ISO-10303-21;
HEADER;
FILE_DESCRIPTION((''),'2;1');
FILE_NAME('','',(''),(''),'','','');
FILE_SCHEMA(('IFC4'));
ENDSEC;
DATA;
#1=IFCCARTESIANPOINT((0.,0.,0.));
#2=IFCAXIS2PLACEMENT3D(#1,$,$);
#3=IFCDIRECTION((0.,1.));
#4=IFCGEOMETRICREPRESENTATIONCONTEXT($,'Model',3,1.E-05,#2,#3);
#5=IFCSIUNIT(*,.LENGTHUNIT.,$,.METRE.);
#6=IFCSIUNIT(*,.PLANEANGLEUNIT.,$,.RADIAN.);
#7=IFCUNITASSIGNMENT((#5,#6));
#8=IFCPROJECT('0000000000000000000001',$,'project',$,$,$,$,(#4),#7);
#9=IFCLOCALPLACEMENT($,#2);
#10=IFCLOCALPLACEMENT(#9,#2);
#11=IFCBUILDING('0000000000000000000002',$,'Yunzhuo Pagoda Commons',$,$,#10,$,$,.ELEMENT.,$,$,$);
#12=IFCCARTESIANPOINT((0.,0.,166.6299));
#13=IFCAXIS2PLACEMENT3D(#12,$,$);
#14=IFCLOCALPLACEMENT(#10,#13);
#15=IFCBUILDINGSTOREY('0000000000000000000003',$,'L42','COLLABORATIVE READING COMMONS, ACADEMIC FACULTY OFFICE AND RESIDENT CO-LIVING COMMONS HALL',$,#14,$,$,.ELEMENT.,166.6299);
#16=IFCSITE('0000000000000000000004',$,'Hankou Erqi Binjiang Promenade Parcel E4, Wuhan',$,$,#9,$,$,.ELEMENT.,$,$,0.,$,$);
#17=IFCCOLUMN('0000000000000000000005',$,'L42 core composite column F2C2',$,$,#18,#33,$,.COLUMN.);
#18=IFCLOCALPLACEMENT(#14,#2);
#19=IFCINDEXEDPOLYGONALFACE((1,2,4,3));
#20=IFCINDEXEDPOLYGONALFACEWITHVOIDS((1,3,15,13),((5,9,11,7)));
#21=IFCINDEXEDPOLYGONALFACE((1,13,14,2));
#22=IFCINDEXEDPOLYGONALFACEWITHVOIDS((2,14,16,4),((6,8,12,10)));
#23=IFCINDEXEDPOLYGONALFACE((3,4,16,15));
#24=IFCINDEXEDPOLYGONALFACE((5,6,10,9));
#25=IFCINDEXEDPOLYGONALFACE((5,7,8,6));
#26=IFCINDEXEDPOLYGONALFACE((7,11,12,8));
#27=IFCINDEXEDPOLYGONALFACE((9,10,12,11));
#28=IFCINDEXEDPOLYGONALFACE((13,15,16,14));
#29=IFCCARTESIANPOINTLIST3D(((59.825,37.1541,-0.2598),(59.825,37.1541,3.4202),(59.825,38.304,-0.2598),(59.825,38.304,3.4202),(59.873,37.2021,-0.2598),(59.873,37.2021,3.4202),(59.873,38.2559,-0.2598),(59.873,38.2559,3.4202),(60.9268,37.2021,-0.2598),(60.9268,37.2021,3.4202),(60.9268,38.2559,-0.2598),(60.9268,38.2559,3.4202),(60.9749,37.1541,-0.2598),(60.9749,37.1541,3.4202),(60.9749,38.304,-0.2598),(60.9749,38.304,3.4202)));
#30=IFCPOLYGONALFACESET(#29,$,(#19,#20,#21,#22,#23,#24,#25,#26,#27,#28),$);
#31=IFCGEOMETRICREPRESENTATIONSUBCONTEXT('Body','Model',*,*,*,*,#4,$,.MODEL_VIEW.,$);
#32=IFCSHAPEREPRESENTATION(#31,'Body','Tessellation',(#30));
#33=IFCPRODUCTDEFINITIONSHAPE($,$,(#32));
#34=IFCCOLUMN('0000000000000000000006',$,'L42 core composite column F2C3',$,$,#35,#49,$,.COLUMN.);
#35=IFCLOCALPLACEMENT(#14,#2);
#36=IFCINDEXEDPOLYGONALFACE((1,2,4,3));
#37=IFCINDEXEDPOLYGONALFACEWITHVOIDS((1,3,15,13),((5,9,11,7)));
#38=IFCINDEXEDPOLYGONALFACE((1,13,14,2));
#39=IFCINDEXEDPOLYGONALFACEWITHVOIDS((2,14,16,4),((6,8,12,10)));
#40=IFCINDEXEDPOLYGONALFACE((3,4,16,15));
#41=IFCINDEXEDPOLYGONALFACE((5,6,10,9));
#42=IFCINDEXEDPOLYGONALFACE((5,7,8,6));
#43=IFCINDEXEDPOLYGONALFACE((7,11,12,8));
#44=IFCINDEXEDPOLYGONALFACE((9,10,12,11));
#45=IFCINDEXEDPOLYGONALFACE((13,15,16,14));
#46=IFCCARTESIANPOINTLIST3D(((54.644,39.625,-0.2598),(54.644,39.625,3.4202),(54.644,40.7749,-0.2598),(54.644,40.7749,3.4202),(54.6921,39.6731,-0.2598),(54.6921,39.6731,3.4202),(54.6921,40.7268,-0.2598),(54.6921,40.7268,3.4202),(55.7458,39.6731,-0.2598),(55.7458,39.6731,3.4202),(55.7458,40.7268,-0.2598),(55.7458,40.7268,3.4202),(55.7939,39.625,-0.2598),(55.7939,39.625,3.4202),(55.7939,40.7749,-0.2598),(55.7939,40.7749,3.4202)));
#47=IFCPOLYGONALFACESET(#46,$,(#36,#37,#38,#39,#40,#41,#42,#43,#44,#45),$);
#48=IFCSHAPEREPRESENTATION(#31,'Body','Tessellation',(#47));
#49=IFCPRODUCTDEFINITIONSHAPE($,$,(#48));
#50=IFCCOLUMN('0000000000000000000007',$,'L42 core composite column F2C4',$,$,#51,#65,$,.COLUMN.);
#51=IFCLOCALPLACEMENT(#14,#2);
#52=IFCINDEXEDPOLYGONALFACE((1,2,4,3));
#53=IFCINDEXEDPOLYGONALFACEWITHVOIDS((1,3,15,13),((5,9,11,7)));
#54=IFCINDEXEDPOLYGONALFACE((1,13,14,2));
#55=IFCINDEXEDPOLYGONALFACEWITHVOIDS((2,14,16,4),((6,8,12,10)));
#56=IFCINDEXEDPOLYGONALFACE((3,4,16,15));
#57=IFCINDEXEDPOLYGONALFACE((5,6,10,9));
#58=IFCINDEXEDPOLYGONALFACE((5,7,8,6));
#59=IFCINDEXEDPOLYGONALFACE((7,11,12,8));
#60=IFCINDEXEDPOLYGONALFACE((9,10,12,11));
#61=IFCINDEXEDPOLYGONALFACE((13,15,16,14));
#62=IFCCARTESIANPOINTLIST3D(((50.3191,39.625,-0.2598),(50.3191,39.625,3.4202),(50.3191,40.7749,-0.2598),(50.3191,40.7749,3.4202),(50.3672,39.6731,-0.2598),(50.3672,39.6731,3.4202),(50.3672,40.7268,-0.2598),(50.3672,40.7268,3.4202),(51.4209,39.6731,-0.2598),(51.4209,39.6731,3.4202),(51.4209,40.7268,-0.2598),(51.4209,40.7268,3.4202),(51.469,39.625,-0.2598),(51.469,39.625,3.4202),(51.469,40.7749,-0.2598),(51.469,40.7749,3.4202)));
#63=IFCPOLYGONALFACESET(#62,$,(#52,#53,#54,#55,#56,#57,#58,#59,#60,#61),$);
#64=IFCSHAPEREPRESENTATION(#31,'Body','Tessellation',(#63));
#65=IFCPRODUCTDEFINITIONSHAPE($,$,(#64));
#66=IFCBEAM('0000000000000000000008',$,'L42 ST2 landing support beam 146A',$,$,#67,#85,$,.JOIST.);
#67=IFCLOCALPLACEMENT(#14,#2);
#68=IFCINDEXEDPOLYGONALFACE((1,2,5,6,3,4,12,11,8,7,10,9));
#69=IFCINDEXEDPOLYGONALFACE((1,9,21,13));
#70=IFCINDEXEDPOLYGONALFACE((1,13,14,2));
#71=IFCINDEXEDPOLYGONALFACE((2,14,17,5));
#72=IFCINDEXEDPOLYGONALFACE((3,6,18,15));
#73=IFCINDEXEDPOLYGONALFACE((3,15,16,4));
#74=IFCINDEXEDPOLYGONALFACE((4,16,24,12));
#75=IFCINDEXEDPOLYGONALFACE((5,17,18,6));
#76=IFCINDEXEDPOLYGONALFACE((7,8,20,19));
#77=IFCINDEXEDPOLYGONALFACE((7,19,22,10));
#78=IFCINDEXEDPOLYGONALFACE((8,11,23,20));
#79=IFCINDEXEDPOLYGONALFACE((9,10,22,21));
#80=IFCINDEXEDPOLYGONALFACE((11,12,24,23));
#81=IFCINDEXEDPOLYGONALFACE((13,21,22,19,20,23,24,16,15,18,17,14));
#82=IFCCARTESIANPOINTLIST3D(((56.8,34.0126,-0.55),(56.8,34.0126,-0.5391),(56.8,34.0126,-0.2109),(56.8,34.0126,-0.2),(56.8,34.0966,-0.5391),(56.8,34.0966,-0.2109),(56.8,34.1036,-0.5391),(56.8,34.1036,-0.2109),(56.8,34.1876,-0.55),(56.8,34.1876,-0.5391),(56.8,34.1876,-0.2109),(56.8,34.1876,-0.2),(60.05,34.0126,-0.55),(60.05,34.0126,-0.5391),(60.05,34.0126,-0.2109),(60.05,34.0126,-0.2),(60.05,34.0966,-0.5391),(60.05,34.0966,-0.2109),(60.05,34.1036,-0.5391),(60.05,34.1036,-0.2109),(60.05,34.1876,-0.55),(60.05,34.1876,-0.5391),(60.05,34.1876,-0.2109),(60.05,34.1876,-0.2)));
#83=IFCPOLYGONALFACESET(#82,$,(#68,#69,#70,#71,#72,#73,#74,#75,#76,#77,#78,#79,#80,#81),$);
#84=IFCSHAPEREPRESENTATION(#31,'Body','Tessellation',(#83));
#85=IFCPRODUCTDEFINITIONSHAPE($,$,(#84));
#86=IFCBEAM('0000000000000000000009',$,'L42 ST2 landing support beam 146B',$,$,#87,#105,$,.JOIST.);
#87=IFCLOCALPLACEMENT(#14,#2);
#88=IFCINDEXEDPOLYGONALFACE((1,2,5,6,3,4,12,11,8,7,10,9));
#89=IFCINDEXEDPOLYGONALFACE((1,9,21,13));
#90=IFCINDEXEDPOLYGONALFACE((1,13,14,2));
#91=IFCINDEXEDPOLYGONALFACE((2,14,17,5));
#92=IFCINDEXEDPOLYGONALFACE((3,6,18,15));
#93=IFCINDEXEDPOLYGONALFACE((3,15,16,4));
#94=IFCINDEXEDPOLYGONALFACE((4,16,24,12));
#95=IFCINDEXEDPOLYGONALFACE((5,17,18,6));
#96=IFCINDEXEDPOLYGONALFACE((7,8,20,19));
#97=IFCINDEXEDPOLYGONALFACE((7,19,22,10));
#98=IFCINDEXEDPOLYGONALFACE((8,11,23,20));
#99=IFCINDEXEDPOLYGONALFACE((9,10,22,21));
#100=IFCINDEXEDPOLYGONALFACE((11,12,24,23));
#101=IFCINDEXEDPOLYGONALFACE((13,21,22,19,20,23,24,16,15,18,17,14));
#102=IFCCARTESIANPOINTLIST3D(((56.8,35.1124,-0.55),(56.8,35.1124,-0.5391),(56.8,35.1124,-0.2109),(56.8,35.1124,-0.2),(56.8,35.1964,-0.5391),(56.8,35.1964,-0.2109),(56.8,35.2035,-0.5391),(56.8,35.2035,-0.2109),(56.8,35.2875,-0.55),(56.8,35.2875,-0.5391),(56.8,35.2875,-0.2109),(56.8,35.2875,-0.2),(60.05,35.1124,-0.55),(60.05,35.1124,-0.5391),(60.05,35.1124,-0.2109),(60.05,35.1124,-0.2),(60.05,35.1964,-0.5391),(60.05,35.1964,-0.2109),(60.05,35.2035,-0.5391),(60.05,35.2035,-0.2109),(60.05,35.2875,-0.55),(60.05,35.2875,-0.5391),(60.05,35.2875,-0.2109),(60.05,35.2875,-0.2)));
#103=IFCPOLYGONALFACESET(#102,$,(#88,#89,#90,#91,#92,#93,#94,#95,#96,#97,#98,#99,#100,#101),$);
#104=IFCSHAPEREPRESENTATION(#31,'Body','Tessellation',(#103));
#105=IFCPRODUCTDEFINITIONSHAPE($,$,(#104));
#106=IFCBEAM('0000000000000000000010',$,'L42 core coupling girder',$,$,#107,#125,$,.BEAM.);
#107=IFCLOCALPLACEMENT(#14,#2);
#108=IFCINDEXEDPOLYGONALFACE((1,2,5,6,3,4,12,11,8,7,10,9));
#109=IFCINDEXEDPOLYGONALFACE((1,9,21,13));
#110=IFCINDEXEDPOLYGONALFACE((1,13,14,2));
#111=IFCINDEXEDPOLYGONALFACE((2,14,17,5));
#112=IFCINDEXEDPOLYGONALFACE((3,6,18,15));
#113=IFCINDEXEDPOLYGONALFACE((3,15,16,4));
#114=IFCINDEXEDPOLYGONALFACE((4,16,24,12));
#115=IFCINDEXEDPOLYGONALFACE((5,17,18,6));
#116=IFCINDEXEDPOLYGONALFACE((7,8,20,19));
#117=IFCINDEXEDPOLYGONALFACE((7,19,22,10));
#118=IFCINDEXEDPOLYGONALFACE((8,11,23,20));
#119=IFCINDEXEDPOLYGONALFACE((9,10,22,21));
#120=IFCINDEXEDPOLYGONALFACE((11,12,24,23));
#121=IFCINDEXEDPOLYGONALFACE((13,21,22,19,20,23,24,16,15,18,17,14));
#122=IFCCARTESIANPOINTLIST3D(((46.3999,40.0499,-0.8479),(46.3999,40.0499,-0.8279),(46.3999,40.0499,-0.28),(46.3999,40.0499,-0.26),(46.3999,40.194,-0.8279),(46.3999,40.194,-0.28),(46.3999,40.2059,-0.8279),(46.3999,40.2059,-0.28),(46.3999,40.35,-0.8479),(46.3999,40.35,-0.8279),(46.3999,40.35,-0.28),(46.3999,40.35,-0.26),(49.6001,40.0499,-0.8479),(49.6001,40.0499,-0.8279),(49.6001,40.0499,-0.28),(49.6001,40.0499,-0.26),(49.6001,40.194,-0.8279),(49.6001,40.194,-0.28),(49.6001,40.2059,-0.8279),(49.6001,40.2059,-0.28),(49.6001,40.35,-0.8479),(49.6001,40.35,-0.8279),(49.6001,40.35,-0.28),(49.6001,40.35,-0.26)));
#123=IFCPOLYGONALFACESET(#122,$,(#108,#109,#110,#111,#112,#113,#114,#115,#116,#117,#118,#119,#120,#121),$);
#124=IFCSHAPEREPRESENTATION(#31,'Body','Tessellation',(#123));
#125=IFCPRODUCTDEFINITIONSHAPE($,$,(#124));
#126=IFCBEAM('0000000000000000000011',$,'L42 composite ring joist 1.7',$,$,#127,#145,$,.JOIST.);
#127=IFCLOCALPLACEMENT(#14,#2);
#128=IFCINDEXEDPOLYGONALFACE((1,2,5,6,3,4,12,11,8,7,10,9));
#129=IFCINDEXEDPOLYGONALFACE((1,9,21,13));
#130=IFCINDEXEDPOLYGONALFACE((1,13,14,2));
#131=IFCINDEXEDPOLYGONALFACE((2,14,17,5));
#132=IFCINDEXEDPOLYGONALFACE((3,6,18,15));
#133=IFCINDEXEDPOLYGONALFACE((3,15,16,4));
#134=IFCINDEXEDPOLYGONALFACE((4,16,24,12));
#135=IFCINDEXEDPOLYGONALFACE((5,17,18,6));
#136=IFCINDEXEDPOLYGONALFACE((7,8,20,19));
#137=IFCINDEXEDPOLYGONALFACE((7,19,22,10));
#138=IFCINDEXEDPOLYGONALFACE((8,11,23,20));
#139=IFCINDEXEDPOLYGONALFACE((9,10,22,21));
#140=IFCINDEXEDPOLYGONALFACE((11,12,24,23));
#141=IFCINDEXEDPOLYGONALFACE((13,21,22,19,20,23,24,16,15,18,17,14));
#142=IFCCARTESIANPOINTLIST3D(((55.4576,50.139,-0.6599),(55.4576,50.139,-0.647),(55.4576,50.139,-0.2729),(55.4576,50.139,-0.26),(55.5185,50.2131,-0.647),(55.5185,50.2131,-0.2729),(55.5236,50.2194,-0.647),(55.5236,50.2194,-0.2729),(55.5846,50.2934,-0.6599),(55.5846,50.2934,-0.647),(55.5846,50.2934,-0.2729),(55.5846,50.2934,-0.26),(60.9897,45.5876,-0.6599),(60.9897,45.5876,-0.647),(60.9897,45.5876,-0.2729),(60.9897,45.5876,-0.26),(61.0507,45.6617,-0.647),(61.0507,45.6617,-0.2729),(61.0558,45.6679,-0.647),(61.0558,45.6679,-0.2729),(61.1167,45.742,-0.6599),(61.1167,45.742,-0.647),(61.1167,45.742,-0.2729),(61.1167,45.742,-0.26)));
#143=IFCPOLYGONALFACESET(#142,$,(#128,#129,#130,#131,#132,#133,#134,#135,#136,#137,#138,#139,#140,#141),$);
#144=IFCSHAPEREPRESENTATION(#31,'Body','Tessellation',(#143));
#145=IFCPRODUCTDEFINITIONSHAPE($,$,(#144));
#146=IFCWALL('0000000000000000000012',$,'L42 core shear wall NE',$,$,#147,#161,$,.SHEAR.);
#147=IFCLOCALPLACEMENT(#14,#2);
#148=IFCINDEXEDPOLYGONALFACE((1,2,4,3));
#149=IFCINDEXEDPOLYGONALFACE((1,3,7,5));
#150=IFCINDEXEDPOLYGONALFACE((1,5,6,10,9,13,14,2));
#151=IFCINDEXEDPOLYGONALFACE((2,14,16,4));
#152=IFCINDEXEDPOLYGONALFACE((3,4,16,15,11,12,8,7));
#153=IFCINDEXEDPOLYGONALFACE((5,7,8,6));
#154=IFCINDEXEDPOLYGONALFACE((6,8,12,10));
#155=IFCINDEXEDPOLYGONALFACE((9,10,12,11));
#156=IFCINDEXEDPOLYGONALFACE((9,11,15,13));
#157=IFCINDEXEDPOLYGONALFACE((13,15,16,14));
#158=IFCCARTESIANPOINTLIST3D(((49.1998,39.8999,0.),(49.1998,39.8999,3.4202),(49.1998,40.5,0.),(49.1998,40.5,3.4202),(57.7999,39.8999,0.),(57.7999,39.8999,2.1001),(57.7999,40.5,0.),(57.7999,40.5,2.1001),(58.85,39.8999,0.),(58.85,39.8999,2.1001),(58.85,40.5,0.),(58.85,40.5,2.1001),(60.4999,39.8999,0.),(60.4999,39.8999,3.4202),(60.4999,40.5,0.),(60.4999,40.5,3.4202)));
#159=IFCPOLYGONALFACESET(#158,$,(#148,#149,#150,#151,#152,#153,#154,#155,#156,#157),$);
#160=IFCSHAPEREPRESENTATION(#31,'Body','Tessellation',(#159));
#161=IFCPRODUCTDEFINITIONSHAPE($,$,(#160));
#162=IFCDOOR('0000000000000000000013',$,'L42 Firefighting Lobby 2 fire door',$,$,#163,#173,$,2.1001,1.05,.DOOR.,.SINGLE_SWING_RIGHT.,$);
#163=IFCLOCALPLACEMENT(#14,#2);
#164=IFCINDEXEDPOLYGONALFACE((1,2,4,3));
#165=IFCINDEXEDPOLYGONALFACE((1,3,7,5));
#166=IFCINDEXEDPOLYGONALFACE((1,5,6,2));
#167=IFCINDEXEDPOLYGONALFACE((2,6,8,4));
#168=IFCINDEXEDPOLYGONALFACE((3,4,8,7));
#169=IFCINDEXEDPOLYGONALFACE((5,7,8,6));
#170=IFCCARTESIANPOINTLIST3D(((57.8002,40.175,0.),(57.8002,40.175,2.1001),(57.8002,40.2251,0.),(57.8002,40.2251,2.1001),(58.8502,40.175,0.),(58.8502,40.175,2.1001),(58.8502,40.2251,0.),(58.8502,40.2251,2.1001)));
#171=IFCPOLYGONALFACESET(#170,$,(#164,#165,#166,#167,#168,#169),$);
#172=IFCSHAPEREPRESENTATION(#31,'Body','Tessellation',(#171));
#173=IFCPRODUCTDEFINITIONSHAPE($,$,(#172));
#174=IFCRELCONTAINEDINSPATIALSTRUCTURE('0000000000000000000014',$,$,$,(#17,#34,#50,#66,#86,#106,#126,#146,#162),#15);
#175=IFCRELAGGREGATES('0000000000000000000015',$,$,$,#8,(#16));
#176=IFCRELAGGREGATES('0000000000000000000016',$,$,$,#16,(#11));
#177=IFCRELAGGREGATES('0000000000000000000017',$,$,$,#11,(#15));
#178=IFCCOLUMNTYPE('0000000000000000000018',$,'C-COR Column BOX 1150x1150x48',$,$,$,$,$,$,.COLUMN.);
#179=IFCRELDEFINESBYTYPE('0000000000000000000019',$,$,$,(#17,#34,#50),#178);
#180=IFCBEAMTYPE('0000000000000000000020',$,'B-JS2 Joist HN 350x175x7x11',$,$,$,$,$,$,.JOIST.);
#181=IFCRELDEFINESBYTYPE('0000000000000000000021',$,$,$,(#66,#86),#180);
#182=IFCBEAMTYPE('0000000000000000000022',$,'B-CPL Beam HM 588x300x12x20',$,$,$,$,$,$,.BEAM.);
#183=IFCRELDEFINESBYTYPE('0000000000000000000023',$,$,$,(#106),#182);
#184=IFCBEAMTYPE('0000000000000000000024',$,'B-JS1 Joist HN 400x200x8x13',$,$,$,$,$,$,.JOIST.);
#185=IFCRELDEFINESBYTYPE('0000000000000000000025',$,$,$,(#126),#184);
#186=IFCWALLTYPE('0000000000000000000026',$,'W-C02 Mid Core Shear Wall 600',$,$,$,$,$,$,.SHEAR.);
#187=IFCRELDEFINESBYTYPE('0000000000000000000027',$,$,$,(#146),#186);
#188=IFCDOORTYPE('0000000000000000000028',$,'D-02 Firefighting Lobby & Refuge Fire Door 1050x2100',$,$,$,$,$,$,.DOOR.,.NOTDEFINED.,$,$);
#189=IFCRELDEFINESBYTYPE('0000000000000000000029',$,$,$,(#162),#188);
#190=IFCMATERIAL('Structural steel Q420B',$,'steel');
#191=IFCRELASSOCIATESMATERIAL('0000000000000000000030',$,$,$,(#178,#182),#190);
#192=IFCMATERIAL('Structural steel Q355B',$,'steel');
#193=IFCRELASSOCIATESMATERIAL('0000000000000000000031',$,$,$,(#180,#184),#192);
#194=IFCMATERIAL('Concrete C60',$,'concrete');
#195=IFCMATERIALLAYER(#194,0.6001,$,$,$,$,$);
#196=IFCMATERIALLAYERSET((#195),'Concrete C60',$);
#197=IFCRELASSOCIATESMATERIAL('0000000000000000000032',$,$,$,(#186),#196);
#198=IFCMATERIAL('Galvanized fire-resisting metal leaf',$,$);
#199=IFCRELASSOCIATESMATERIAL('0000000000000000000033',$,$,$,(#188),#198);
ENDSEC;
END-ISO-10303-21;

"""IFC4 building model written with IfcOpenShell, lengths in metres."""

from ifc_helpers import new_model, si_unit, direction, frame, frame_2d, origin, origin_2d, place, context, subcontext, project, spatial, rectangle, hollow_rectangle, i_section, extrude, source, transform, mapped, material, layer, layer_set, material_profile, profile_set, type_object, element, fill, save


model = new_model("IFC4")

# Units and contexts
model_context = context("Model", 3, precision=1e-05, world=origin(), true_north=direction((0.0, 1.0)))
body_context = subcontext(model_context, "Body", "Model", "MODEL_VIEW")
ifc_project = project(units=[si_unit("LENGTHUNIT", "METRE"), si_unit("PLANEANGLEUNIT", "RADIAN")], contexts=[model_context])

# Site, building, storey
site_placement = place(None, origin())
site = spatial("IfcSite", under=ifc_project, at=site_placement, Name="Hankou Erqi Binjiang Promenade Parcel E4, Wuhan", CompositionType="ELEMENT", RefElevation=0.0)
building_placement = place(site_placement, origin())
building = spatial("IfcBuilding", under=site, at=building_placement, Name="Yunzhuo Pagoda Commons", CompositionType="ELEMENT")
storey_placement = place(building_placement, frame((0.0, 0.0, 166.6299)))
storey = spatial("IfcBuildingStorey", under=building, at=storey_placement, Name="L42", Description="COLLABORATIVE READING COMMONS, ACADEMIC FACULTY OFFICE AND RESIDENT CO-LIVING COMMONS HALL", CompositionType="ELEMENT", Elevation=166.6299)

# Columns
ifc_material_1 = material(Name="Structural steel Q420B", Category="steel")
ifc_material_profile_1 = material_profile(ifc_material_1, hollow_rectangle(XDim=1.1499, YDim=1.1499, WallThickness=0.0481, at=origin_2d()), Name="Structural steel Q420B")
ifc_profile_set_1 = profile_set([ifc_material_profile_1], Name="Structural steel Q420B")
column_type = type_object("IfcColumnType", Name="C-COR Column BOX 1150x1150x48", PredefinedType="COLUMN", material=ifc_profile_set_1)
shared_shape_1 = source(origin(), body_context, "Body", "SweptSolid", [
    extrude(hollow_rectangle(XDim=1.1499, YDim=1.1499, WallThickness=0.0481, at=origin_2d()), origin(), (0.0, 0.0, 1.0), 3.6799),
])
for number, where, z_axis, x_axis, name in (
    (1, (60.3999, 37.729, -0.2598), (0.0, 0.0, 1.0), (1.0, 0.0, 0.0), "L42 core composite column F2C2"),
    (2, (55.219, 40.2, -0.2598), (0.0, 0.0, 1.0), (1.0, 0.0, 0.0), "L42 core composite column F2C3"),
    (3, (50.894, 40.2, -0.2598), (0.0, 0.0, 1.0), (1.0, 0.0, 0.0), "L42 core composite column F2C4"),
):
    element("IfcColumn", number, at=place(storey_placement, frame(where, z_axis=z_axis, x_axis=x_axis)), inside=storey, type_object=column_type, Name=name, PredefinedType="COLUMN", context=body_context, shape_type="MappedRepresentation", body=[
        mapped(shared_shape_1, transform((0.0, 0.0, 0.0), scale=1.0)),
    ])

# Beams
ifc_material_2 = material(Name="Structural steel Q355B", Category="steel")
ifc_material_profile_2 = material_profile(ifc_material_2, i_section(OverallWidth=0.175, OverallDepth=0.3501, WebThickness=0.0071, FlangeThickness=0.011, at=origin_2d()), Name="Structural steel Q355B")
ifc_profile_set_2 = profile_set([ifc_material_profile_2], Name="Structural steel Q355B")
beam_type_1 = type_object("IfcBeamType", Name="B-JS2 Joist HN 350x175x7x11", PredefinedType="JOIST", material=ifc_profile_set_2)
shared_shape_2 = source(origin(), body_context, "Body", "SweptSolid", [
    extrude(i_section(OverallWidth=0.175, OverallDepth=0.3501, WebThickness=0.0071, FlangeThickness=0.011, at=origin_2d()), origin(), (0.0, 0.0, 1.0), 3.25),
])
for number, where, z_axis, x_axis, name in (
    (4, (56.8, 34.1001, -0.375), (1.0, 0.0, 0.0), (0.0, 1.0, 0.0), "L42 ST2 landing support beam 146A"),
    (5, (56.8, 35.2, -0.375), (1.0, 0.0, 0.0), (0.0, 1.0, 0.0), "L42 ST2 landing support beam 146B"),
):
    element("IfcBeam", number, at=place(storey_placement, frame(where, z_axis=z_axis, x_axis=x_axis)), inside=storey, type_object=beam_type_1, Name=name, PredefinedType="JOIST", context=body_context, shape_type="MappedRepresentation", body=[
        mapped(shared_shape_2, transform((0.0, 0.0, 0.0), scale=1.0)),
    ])
ifc_material_profile_3 = material_profile(ifc_material_1, i_section(OverallWidth=0.3, OverallDepth=0.5879, WebThickness=0.012, FlangeThickness=0.02, at=origin_2d()), Name="Structural steel Q420B")
ifc_profile_set_3 = profile_set([ifc_material_profile_3], Name="Structural steel Q420B")
beam_type_2 = type_object("IfcBeamType", Name="B-CPL Beam HM 588x300x12x20", PredefinedType="BEAM", material=ifc_profile_set_3)
shared_shape_3 = source(origin(), body_context, "Body", "SweptSolid", [
    extrude(i_section(OverallWidth=0.3, OverallDepth=0.5879, WebThickness=0.012, FlangeThickness=0.02, at=origin_2d()), origin(), (0.0, 0.0, 1.0), 3.2002),
])
beam_1_placement = place(storey_placement, frame((46.3999, 40.2, -0.554), z_axis=(1.0, 0.0, 0.0), x_axis=(0.0, 1.0, 0.0)))
element("IfcBeam", 6, at=beam_1_placement, inside=storey, type_object=beam_type_2, Name="L42 core coupling girder", PredefinedType="BEAM", context=body_context, shape_type="MappedRepresentation", body=[
    mapped(shared_shape_3, transform((0.0, 0.0, 0.0), scale=1.0)),
])
ifc_material_profile_4 = material_profile(ifc_material_2, i_section(OverallWidth=0.2, OverallDepth=0.3999, WebThickness=0.0081, FlangeThickness=0.0129, at=origin_2d()), Name="Structural steel Q355B")
ifc_profile_set_4 = profile_set([ifc_material_profile_4], Name="Structural steel Q355B")
beam_type_3 = type_object("IfcBeamType", Name="B-JS1 Joist HN 400x200x8x13", PredefinedType="JOIST", material=ifc_profile_set_4)
shared_shape_4 = source(origin(), body_context, "Body", "SweptSolid", [
    extrude(i_section(OverallWidth=0.2, OverallDepth=0.3999, WebThickness=0.0081, FlangeThickness=0.0129, at=origin_2d()), origin(), (0.0, 0.0, 1.0), 7.1638),
])
beam_2_placement = place(storey_placement, frame((61.0532, 45.6648, -0.46), z_axis=(-0.772234, 0.635338, 0.0), x_axis=(-0.635338, -0.772234, 0.0)))
element("IfcBeam", 7, at=beam_2_placement, inside=storey, type_object=beam_type_3, Name="L42 composite ring joist 1.7", PredefinedType="JOIST", context=body_context, shape_type="MappedRepresentation", body=[
    mapped(shared_shape_4, transform((0.0, 0.0, 0.0), scale=1.0)),
])

# Wall, opening, door
ifc_material_3 = material(Name="Concrete C60", Category="concrete")
ifc_layer_1 = layer(ifc_material_3, 0.6001)
ifc_layer_set_1 = layer_set([ifc_layer_1], Name="Concrete C60")
wall_type_1 = type_object("IfcWallType", Name="W-C02 Mid Core Shear Wall 600", PredefinedType="SHEAR", material=ifc_layer_set_1)
wall_1_placement = place(storey_placement, frame((49.2, 40.2, 0.0), z_axis=(0.0, 0.0, 1.0), x_axis=(1.0, 0.0, 0.0)))
wall_1 = element("IfcWall", 8, at=wall_1_placement, inside=storey, type_object=wall_type_1, Name="L42 core shear wall NE", PredefinedType="SHEAR", context=body_context, shape_type="SweptSolid", body=[
    extrude(rectangle(XDim=11.3, YDim=0.6001, at=frame_2d((5.6499, 0.0))), origin(), (0.0, 0.0, 1.0), 3.4202),
])
opening_1_placement = place(wall_1_placement, frame((8.6001, 0.0, 0.0)))
opening_1 = element("IfcOpeningElement", 9, at=opening_1_placement, cuts=wall_1, PredefinedType="OPENING", context=body_context, shape_type="SweptSolid", body=[
    extrude(rectangle(XDim=1.05, YDim=2.1001, at=frame_2d((0.5249, 1.05))), frame((0.0, 0.3101, 0.0), z_axis=(0.0, -1.0, 0.0), x_axis=(1.0, 0.0, 0.0)), (0.0, 0.0, 1.0), 0.6201),
])
ifc_material_4 = material(Name="Galvanized fire-resisting metal leaf")
door_type_1 = type_object("IfcDoorType", Name="D-02 Firefighting Lobby & Refuge Fire Door 1050x2100", OperationType="NOTDEFINED", PredefinedType="DOOR", material=ifc_material_4)
shared_shape_5 = source(origin(), body_context, "Body", "SweptSolid", [
    extrude(rectangle(XDim=1.05, YDim=2.1001, at=frame_2d((0.5249, 1.05))), frame((0.0, 0.0249, 0.0), z_axis=(0.0, -1.0, 0.0), x_axis=(1.0, 0.0, 0.0)), (0.0, 0.0, 1.0), 0.05),
])
door_1_placement = place(opening_1_placement, frame((1.05, 0.0, 0.0), z_axis=(0.0, 0.0, 1.0), x_axis=(-1.0, 0.0, 0.0)))
door_1 = element("IfcDoor", 10, at=door_1_placement, inside=storey, type_object=door_type_1, Name="L42 Firefighting Lobby 2 fire door", OperationType="SINGLE_SWING_RIGHT", OverallHeight=2.1001, OverallWidth=1.05, PredefinedType="DOOR", context=body_context, shape_type="MappedRepresentation", body=[
    mapped(shared_shape_5, transform((0.0, 0.0, 0.0), scale=1.0)),
])
fill(opening_1, door_1)

save(model, "model.ifc")
